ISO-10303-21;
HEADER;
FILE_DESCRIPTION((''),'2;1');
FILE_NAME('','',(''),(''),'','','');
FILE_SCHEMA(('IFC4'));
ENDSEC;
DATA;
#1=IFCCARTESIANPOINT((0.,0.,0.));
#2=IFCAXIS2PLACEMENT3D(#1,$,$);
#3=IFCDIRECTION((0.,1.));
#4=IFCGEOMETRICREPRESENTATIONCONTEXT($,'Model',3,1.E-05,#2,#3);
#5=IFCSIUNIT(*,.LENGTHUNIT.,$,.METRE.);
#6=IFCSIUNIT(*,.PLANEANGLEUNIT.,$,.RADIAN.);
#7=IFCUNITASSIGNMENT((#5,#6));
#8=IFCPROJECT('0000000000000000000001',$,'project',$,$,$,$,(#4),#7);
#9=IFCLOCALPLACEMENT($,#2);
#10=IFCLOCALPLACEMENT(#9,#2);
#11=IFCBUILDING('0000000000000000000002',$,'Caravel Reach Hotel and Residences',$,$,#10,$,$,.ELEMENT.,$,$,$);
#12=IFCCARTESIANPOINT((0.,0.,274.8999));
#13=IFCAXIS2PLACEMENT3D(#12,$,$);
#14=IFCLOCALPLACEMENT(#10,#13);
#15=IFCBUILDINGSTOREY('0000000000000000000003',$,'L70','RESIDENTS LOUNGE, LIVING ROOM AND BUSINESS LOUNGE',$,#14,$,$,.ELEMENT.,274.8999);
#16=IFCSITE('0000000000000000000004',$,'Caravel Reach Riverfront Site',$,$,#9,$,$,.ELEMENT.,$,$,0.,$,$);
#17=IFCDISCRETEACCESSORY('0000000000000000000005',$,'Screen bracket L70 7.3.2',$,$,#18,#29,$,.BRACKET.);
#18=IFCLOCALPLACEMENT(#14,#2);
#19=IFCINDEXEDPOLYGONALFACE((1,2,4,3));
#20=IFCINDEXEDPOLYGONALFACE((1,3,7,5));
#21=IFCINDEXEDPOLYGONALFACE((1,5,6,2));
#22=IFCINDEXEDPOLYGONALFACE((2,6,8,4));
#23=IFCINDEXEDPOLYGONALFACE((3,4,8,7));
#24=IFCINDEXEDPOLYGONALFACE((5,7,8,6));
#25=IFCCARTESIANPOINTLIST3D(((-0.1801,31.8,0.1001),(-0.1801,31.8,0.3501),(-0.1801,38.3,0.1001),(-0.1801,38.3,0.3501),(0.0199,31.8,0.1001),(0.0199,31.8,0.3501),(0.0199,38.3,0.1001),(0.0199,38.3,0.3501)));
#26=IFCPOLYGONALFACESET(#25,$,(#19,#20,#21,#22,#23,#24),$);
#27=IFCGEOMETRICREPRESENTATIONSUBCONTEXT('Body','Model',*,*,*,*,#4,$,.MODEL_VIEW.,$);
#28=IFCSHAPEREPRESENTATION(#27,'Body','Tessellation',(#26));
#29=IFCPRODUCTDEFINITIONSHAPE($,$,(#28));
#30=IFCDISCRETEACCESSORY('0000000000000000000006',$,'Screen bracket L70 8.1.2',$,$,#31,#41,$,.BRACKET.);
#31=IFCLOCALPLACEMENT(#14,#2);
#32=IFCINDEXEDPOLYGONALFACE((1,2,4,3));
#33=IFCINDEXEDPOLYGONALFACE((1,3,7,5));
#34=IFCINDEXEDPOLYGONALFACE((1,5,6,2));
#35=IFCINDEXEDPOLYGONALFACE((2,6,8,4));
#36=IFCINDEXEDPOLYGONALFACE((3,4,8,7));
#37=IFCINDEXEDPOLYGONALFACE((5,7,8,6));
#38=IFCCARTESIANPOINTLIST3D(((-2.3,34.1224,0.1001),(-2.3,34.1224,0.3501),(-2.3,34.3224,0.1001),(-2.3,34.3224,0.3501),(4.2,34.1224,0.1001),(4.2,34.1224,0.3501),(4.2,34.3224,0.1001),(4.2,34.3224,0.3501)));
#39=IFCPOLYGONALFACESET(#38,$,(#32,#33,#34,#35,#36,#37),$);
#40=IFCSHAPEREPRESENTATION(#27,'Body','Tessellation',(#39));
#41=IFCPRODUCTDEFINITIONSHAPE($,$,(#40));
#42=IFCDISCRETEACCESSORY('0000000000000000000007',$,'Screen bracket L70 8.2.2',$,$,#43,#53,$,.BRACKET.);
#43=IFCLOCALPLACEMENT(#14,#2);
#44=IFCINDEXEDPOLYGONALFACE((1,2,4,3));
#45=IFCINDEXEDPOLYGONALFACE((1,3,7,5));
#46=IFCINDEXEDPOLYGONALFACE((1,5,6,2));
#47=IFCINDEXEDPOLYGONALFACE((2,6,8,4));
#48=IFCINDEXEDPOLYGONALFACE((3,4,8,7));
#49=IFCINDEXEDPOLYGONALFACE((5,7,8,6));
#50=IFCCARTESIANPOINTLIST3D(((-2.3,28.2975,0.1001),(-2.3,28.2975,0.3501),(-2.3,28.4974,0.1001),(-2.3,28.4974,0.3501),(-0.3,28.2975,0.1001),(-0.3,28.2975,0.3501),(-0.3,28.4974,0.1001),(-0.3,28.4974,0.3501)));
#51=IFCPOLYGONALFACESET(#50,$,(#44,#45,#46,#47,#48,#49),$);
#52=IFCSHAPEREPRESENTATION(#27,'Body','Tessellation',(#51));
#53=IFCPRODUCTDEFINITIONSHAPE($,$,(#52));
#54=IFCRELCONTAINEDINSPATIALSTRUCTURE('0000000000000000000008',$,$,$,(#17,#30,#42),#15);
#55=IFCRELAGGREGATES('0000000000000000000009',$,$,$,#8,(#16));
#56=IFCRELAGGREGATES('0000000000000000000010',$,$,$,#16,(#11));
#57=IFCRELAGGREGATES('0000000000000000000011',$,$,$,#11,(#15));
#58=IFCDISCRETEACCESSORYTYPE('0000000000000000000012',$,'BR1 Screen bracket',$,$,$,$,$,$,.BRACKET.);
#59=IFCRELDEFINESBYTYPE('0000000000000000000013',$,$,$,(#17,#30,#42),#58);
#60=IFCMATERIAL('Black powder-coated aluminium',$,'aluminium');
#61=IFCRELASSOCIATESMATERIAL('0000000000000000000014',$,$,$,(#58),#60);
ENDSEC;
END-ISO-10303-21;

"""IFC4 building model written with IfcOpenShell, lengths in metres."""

from ifc_helpers import new_model, si_unit, direction, frame, origin, origin_2d, place, context, subcontext, project, spatial, rectangle, extrude, material, type_object, element, save


model = new_model("IFC4")

# Units and contexts
model_context = context("Model", 3, precision=1e-05, world=origin(), true_north=direction((0.0, 1.0)))
body_context = subcontext(model_context, "Body", "Model", "MODEL_VIEW")
ifc_project = project(units=[si_unit("LENGTHUNIT", "METRE"), si_unit("PLANEANGLEUNIT", "RADIAN")], contexts=[model_context])

# Site, building, storey
site_placement = place(None, origin())
site = spatial("IfcSite", under=ifc_project, at=site_placement, Name="Caravel Reach Riverfront Site", CompositionType="ELEMENT", RefElevation=0.0)
building_placement = place(site_placement, origin())
building = spatial("IfcBuilding", under=site, at=building_placement, Name="Caravel Reach Hotel and Residences", CompositionType="ELEMENT")
storey_placement = place(building_placement, frame((0.0, 0.0, 274.8999)))
storey = spatial("IfcBuildingStorey", under=building, at=storey_placement, Name="L70", Description="RESIDENTS LOUNGE, LIVING ROOM AND BUSINESS LOUNGE", CompositionType="ELEMENT", Elevation=274.8999)

# Discrete accessories
ifc_material_1 = material(Name="Black powder-coated aluminium", Category="aluminium")
discrete_accessory_type = type_object("IfcDiscreteAccessoryType", Name="BR1 Screen bracket", PredefinedType="BRACKET", material=ifc_material_1)
for number, where, z_axis, x_axis, name in (
    (1, (-0.0801, 35.05, 0.1001), (0.0, 0.0, 1.0), (0.0, 1.0, 0.0), "Screen bracket L70 7.3.2"),
    (2, (0.95, 34.2224, 0.1001), (0.0, 0.0, 1.0), (-1.0, 0.0, 0.0), "Screen bracket L70 8.1.2"),
):
    element("IfcDiscreteAccessory", number, at=place(storey_placement, frame(where, z_axis=z_axis, x_axis=x_axis)), inside=storey, type_object=discrete_accessory_type, Name=name, PredefinedType="BRACKET", context=body_context, shape_type="SweptSolid", body=[
        extrude(rectangle(XDim=6.5, YDim=0.2, at=origin_2d()), origin(), (0.0, 0.0, 1.0), 0.25),
    ])
discrete_accessory_1_placement = place(storey_placement, frame((-1.3, 28.3975, 0.1001), z_axis=(0.0, 0.0, 1.0), x_axis=(-1.0, 0.0, 0.0)))
element("IfcDiscreteAccessory", 3, at=discrete_accessory_1_placement, inside=storey, type_object=discrete_accessory_type, Name="Screen bracket L70 8.2.2", PredefinedType="BRACKET", context=body_context, shape_type="SweptSolid", body=[
    extrude(rectangle(XDim=2.0, YDim=0.2, at=origin_2d()), origin(), (0.0, 0.0, 1.0), 0.25),
])

save(model, "model.ifc")
